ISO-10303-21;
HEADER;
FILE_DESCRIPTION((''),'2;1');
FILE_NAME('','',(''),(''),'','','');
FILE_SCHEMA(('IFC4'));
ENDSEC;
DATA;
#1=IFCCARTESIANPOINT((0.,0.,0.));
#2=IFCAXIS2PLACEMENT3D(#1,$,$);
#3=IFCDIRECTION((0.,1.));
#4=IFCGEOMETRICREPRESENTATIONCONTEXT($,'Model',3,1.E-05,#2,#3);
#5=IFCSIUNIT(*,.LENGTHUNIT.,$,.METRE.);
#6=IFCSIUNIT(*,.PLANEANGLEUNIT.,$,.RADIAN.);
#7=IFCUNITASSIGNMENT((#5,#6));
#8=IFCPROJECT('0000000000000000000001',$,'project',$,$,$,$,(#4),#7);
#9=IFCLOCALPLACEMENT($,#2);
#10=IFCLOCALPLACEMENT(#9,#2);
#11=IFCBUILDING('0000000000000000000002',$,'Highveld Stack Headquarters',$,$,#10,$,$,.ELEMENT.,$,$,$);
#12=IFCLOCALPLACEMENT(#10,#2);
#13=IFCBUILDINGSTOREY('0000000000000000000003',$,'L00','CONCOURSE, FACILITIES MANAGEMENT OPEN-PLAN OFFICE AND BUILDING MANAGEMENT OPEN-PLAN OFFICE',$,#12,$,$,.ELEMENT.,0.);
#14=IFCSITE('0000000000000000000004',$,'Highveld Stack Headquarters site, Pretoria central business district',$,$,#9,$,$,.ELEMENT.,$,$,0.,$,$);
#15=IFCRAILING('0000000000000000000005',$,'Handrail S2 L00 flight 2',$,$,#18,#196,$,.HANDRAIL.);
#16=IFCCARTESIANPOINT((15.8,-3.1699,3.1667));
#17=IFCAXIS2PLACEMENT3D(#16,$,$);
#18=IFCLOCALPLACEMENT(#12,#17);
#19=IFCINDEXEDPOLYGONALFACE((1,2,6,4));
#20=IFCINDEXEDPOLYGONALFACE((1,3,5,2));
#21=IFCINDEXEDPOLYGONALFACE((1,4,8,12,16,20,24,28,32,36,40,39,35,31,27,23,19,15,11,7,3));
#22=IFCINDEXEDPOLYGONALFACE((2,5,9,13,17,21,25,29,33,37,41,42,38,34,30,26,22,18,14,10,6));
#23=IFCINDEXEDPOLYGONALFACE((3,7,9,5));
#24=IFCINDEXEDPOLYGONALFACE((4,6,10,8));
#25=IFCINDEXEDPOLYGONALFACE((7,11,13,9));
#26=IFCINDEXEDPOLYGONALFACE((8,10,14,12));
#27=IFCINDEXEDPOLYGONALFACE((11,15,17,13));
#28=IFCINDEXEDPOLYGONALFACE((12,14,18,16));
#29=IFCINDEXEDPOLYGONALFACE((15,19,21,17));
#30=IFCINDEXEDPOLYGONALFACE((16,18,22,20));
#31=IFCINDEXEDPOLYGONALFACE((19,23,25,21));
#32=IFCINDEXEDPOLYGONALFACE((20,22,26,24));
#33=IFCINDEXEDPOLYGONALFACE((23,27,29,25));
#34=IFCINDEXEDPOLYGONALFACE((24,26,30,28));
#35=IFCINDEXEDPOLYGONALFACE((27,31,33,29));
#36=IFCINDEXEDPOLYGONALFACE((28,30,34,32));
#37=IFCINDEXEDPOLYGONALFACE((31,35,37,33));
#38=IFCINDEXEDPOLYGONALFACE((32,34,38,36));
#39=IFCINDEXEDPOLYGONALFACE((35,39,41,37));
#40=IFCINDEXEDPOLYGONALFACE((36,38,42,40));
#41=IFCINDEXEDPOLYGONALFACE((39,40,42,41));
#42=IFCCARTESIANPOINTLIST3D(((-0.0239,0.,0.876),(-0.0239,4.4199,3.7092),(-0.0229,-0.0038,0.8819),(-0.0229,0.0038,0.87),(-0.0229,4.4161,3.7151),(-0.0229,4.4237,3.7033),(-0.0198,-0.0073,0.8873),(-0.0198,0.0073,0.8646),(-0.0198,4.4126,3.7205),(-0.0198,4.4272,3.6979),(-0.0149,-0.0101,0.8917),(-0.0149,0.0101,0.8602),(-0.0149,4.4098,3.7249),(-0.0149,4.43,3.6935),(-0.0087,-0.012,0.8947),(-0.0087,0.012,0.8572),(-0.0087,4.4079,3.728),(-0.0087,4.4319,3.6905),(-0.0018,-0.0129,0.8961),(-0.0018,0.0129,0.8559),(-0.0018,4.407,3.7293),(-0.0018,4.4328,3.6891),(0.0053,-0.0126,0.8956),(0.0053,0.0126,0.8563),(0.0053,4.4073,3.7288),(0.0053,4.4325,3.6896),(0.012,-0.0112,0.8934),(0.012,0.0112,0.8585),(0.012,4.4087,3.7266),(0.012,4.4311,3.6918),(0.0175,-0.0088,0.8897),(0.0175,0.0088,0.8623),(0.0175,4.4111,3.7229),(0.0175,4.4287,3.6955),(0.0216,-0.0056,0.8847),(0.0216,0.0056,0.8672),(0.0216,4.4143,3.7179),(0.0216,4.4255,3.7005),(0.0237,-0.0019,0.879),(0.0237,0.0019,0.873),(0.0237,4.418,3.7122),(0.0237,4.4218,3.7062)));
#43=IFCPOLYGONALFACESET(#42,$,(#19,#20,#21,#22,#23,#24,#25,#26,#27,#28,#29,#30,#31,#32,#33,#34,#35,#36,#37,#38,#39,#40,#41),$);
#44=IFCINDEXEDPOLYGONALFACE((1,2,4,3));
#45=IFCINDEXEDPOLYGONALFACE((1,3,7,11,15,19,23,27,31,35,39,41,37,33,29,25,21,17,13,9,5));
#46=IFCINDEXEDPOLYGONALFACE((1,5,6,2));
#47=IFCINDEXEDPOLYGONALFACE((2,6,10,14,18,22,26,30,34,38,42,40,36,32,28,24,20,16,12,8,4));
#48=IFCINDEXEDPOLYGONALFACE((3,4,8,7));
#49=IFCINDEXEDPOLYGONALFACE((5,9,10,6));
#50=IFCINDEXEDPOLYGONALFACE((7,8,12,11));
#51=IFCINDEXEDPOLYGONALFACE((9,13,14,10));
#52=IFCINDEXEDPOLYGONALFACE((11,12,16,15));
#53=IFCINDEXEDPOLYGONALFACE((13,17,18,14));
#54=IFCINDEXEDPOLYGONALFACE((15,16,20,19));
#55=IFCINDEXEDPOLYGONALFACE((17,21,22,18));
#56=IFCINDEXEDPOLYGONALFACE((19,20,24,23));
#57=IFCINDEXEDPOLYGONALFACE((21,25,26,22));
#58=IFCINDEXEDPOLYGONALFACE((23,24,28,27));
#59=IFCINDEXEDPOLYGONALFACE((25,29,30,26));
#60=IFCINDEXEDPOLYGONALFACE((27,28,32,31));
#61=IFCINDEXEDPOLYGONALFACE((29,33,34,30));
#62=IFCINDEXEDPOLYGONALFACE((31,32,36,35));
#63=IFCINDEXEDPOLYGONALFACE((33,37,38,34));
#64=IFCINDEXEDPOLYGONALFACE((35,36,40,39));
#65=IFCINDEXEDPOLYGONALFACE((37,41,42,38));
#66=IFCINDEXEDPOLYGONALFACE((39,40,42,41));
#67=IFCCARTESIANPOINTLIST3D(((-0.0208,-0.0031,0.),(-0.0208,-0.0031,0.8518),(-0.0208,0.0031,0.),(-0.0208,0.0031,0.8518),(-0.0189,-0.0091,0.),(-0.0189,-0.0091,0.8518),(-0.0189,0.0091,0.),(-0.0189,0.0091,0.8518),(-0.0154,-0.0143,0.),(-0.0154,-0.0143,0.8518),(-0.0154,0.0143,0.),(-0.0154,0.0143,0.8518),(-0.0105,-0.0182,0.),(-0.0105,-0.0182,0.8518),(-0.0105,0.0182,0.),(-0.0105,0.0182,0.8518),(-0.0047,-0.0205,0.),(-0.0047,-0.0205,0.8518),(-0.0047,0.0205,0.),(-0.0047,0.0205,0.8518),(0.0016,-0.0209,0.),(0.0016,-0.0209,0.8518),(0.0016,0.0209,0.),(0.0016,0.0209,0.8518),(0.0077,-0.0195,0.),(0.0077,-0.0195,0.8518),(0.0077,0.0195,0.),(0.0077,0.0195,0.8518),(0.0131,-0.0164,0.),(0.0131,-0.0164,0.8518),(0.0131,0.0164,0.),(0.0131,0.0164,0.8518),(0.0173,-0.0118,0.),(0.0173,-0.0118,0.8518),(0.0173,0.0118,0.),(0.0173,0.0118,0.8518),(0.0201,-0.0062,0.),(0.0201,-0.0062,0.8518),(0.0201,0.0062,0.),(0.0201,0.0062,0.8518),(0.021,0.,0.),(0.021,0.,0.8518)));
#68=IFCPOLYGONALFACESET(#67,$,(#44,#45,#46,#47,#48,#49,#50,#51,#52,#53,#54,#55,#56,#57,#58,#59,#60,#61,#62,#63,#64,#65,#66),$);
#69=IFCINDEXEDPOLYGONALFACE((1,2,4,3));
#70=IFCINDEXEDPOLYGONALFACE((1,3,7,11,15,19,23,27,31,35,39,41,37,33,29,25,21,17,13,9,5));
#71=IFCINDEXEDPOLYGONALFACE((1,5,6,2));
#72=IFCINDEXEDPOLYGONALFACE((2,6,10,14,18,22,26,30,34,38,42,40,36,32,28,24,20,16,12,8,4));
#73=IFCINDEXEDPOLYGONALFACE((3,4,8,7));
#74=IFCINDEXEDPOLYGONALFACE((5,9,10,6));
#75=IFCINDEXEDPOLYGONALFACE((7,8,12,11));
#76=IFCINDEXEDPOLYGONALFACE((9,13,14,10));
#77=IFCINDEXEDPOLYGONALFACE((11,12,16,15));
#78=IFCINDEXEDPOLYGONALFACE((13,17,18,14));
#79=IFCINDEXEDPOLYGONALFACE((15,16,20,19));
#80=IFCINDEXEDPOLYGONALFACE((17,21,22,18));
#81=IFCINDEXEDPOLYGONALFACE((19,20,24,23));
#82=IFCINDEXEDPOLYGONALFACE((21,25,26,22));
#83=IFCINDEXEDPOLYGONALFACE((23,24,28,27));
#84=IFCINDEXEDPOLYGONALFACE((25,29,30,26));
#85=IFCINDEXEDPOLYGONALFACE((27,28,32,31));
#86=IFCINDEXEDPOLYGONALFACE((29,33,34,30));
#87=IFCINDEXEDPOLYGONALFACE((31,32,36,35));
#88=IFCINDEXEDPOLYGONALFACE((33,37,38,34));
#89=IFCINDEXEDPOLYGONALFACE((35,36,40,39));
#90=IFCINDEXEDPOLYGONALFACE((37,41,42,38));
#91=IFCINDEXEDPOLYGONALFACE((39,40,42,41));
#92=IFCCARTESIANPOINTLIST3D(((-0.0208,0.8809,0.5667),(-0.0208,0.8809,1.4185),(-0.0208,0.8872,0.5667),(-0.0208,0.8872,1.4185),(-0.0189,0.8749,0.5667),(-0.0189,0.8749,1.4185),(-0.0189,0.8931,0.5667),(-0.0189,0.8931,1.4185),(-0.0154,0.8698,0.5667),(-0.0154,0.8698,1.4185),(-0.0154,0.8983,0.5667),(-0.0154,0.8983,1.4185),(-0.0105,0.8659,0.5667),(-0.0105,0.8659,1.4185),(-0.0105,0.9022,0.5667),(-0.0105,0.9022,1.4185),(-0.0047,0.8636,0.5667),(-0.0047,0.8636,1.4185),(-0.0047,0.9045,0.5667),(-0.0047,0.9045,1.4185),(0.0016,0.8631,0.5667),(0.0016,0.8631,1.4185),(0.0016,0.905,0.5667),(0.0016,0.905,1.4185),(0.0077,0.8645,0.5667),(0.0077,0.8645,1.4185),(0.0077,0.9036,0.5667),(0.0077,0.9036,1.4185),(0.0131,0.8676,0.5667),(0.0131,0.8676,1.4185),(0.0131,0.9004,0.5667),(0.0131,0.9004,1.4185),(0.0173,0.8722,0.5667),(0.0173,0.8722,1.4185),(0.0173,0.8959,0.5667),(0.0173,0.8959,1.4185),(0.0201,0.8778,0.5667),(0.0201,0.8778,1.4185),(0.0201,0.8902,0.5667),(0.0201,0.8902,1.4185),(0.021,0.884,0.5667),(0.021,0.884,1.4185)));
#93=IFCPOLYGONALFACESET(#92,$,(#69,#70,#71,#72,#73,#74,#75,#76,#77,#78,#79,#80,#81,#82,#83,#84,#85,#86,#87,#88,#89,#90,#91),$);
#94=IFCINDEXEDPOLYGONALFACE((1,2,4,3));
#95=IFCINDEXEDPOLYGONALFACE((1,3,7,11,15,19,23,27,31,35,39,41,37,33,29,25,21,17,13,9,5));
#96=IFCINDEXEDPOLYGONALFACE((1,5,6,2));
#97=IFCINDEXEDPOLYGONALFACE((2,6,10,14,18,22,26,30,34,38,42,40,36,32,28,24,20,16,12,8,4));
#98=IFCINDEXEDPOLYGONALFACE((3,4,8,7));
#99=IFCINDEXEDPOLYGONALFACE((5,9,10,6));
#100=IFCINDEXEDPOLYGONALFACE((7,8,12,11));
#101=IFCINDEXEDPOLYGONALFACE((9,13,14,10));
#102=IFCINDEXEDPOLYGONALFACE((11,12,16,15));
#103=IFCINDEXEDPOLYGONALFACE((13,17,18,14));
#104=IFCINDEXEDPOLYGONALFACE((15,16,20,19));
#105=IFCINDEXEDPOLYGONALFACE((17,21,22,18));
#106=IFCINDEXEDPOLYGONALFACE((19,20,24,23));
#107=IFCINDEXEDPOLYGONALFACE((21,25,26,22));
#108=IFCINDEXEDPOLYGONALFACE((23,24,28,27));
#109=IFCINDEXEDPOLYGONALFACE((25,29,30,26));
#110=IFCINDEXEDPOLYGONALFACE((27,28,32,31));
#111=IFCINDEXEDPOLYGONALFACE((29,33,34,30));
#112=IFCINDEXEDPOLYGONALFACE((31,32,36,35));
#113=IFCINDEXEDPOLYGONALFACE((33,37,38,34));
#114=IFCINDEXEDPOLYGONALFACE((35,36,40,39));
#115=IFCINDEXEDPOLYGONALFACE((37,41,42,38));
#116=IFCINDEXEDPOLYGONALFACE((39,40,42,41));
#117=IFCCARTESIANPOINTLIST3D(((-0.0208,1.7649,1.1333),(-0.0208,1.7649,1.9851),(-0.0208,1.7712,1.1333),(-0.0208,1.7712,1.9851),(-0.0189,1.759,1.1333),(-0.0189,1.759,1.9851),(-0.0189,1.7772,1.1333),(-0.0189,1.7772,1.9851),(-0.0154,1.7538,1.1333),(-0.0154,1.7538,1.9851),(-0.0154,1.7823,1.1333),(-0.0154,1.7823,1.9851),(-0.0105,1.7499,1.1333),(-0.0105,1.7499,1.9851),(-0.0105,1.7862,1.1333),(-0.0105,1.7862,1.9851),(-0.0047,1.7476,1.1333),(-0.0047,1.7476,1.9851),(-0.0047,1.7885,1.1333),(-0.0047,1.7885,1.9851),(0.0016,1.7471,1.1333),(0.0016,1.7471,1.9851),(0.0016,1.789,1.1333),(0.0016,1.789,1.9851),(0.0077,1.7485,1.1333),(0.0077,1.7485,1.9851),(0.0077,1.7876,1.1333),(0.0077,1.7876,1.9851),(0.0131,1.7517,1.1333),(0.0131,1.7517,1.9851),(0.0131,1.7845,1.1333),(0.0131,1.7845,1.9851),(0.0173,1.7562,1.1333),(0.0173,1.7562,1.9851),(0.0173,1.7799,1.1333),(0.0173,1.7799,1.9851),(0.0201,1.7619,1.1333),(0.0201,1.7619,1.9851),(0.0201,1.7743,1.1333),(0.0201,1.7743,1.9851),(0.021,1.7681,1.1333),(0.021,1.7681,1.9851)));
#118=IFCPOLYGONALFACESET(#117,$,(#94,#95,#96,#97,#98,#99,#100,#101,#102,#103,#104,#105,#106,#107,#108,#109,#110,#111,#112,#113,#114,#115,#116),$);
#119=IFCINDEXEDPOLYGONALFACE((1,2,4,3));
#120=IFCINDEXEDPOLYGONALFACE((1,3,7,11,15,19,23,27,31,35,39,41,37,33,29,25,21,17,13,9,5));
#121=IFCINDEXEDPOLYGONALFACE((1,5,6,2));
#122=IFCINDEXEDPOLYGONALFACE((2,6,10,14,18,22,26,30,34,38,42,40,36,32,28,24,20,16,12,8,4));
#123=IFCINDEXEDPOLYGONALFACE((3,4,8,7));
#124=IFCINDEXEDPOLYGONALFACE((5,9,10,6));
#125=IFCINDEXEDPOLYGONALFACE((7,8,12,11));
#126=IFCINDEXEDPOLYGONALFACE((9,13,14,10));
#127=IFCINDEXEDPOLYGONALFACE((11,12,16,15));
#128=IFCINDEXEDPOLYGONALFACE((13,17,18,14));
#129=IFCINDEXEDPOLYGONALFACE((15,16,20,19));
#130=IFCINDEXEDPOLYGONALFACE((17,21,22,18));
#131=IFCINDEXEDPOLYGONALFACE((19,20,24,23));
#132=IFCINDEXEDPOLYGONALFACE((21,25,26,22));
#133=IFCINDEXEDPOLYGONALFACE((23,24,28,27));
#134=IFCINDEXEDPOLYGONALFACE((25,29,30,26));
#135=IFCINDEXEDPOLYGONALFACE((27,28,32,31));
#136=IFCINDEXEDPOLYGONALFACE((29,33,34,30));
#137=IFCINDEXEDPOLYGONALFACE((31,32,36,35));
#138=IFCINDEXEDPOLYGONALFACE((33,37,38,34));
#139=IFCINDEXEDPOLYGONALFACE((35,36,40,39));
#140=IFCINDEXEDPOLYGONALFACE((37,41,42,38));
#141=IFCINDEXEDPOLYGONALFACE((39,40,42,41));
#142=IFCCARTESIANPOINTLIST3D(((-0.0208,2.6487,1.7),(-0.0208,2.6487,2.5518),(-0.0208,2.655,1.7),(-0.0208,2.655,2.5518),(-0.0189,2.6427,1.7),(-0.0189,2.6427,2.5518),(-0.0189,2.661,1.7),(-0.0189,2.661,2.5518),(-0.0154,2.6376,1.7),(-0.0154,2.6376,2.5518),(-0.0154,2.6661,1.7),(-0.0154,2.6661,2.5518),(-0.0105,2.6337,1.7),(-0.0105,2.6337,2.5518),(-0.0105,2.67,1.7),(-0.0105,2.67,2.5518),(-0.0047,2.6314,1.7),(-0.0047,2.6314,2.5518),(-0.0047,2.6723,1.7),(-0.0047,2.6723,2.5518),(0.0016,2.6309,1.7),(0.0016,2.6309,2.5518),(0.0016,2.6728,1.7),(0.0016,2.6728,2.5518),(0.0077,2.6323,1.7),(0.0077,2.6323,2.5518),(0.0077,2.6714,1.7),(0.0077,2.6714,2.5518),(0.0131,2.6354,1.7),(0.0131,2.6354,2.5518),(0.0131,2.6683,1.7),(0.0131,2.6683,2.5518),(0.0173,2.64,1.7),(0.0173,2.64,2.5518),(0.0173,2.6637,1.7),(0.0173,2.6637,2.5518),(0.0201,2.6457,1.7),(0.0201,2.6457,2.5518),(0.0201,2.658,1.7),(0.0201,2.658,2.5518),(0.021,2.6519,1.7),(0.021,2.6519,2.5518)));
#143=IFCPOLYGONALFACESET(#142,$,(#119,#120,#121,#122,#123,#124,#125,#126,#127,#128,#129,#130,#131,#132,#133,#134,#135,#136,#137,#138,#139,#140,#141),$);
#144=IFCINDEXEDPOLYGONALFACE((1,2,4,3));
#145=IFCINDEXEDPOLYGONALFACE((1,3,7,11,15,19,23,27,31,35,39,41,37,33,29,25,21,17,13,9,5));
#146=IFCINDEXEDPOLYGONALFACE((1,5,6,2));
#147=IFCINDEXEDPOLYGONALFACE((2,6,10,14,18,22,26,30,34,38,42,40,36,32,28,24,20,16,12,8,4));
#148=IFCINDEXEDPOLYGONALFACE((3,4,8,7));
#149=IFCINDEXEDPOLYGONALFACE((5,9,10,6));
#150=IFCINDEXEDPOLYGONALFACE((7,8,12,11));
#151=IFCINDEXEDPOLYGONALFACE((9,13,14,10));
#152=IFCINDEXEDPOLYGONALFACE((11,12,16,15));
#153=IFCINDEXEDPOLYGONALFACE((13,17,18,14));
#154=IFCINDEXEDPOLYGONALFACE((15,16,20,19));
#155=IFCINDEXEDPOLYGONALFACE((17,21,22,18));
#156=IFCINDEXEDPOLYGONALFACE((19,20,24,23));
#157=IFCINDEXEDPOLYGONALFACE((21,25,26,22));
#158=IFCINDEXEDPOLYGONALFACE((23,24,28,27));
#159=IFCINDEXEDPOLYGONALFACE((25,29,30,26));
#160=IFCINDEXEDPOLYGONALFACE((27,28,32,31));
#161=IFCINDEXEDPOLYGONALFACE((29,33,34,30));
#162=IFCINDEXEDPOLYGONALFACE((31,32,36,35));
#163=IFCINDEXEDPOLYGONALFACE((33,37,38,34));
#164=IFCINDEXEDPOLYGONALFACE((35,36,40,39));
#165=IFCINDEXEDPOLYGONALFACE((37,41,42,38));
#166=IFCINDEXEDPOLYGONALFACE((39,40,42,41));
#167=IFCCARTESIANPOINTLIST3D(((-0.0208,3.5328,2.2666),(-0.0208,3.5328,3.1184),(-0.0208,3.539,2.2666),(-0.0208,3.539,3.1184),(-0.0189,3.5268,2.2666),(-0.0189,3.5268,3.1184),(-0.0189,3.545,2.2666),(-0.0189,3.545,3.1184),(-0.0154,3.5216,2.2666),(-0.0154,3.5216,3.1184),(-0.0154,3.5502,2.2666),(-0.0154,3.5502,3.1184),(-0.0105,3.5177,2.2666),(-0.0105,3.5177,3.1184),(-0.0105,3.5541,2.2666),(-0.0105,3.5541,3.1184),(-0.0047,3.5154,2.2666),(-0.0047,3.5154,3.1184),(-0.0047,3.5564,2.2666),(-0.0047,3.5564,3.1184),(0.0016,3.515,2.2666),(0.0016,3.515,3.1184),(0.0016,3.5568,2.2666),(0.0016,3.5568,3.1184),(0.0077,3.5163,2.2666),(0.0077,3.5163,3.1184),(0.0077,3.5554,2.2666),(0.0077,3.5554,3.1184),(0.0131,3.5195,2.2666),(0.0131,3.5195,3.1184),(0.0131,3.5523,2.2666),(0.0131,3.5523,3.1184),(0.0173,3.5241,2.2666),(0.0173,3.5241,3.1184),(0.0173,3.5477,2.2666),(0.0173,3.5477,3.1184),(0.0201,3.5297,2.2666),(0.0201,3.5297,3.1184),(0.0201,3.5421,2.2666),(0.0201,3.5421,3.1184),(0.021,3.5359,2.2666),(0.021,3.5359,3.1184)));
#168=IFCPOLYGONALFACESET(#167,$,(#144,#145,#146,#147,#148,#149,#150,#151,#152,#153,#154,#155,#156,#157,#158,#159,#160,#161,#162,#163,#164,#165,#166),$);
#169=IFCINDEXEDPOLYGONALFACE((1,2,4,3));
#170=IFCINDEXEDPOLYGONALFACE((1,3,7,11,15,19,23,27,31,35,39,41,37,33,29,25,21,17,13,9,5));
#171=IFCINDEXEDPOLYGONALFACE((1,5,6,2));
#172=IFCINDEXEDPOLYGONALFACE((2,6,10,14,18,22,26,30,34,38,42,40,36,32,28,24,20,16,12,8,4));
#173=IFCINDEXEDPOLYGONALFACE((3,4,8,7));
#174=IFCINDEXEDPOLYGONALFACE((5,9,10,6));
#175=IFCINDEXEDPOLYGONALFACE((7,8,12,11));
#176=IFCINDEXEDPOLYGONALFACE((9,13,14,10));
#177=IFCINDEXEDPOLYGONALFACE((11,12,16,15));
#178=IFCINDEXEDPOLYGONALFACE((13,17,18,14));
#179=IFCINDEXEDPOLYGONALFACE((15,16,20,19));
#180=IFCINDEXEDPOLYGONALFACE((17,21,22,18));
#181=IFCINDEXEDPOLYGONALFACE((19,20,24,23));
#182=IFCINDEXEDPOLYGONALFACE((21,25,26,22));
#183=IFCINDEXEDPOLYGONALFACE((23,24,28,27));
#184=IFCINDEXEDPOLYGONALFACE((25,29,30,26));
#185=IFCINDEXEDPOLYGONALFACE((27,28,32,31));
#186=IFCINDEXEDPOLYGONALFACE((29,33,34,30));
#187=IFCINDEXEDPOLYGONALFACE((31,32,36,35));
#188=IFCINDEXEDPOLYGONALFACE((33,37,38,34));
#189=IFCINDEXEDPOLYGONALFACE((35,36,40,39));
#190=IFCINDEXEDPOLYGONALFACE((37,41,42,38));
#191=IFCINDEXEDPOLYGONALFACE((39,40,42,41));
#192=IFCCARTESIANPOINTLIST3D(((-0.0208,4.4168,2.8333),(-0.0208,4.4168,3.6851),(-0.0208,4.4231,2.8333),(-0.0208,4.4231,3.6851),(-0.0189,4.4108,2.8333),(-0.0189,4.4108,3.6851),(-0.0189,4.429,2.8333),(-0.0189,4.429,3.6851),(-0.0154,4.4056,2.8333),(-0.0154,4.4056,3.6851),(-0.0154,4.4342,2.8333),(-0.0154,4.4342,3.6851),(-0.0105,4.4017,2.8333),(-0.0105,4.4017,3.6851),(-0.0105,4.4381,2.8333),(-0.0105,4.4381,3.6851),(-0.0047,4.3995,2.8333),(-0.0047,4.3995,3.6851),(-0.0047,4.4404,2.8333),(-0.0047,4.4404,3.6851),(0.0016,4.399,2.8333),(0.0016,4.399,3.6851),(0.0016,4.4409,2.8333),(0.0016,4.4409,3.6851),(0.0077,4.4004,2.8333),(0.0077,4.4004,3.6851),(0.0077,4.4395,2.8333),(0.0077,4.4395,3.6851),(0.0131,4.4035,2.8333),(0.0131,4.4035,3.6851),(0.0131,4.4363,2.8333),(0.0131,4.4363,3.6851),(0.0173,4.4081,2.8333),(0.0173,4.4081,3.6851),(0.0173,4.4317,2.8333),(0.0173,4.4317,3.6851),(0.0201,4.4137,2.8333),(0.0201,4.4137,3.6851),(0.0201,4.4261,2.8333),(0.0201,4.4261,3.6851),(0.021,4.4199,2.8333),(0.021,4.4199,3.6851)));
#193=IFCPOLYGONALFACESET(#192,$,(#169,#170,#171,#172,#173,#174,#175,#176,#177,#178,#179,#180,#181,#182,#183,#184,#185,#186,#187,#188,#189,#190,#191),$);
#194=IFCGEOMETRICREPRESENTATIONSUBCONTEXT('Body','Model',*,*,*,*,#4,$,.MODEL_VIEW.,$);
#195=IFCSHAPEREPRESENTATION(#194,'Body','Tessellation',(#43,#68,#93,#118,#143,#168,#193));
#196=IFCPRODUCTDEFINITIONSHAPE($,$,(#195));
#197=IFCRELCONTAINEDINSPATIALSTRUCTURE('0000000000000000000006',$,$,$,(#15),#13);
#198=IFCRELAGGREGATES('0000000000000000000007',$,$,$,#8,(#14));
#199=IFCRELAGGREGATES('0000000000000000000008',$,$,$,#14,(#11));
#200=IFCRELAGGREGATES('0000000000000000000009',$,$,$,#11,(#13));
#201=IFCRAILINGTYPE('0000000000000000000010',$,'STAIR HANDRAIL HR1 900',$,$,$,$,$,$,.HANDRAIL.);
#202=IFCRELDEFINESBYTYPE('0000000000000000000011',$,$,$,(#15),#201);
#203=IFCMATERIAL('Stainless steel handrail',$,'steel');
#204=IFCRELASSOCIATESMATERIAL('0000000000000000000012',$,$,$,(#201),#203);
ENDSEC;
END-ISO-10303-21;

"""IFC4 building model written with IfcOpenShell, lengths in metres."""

from ifc_helpers import new_model, si_unit, direction, frame, origin, origin_2d, place, context, subcontext, project, spatial, circle, extrude, material, type_object, element, save


model = new_model("IFC4")

# Units and contexts
model_context = context("Model", 3, precision=1e-05, world=origin(), true_north=direction((0.0, 1.0)))
body_context = subcontext(model_context, "Body", "Model", "MODEL_VIEW")
ifc_project = project(units=[si_unit("LENGTHUNIT", "METRE"), si_unit("PLANEANGLEUNIT", "RADIAN")], contexts=[model_context])

# Site, building, storey
site_placement = place(None, origin())
site = spatial("IfcSite", under=ifc_project, at=site_placement, Name="Highveld Stack Headquarters site, Pretoria central business district", CompositionType="ELEMENT", RefElevation=0.0)
building_placement = place(site_placement, origin())
building = spatial("IfcBuilding", under=site, at=building_placement, Name="Highveld Stack Headquarters", CompositionType="ELEMENT")
storey_placement = place(building_placement, origin())
storey = spatial("IfcBuildingStorey", under=building, at=storey_placement, Name="L00", Description="CONCOURSE, FACILITIES MANAGEMENT OPEN-PLAN OFFICE AND BUILDING MANAGEMENT OPEN-PLAN OFFICE", CompositionType="ELEMENT", Elevation=0.0)

# Railing
ifc_material_1 = material(Name="Stainless steel handrail", Category="steel")
railing_type = type_object("IfcRailingType", Name="STAIR HANDRAIL HR1 900", PredefinedType="HANDRAIL", material=ifc_material_1)
for number, where, name in (
    (1, (15.8, -3.1699, 3.1667), "Handrail S2 L00 flight 2"),
):
    element("IfcRailing", number, at=place(storey_placement, frame(where)), inside=storey, type_object=railing_type, Name=name, PredefinedType="HANDRAIL", context=body_context, shape_type="SweptSolid", body=[
        extrude(circle(Radius=0.0239, at=origin_2d()), frame((0.0, 0.0, 0.876), z_axis=(0.0, 0.841882, 0.539662), x_axis=(-1.0, 0.0, 0.0)), (0.0, 0.0, 1.0), 5.25),
        extrude(circle(Radius=0.021, at=origin_2d()), origin(), (0.0, 0.0, 1.0), 0.8518),
        extrude(circle(Radius=0.021, at=origin_2d()), frame((0.0, 0.884, 0.5667)), (0.0, 0.0, 1.0), 0.8518),
        extrude(circle(Radius=0.021, at=origin_2d()), frame((0.0, 1.7681, 1.1333)), (0.0, 0.0, 1.0), 0.8518),
        extrude(circle(Radius=0.021, at=origin_2d()), frame((0.0, 2.6519, 1.7)), (0.0, 0.0, 1.0), 0.8518),
        extrude(circle(Radius=0.021, at=origin_2d()), frame((0.0, 3.5359, 2.2666)), (0.0, 0.0, 1.0), 0.8518),
        extrude(circle(Radius=0.021, at=origin_2d()), frame((0.0, 4.4199, 2.8333)), (0.0, 0.0, 1.0), 0.8518),
    ])

save(model, "model.ifc")
